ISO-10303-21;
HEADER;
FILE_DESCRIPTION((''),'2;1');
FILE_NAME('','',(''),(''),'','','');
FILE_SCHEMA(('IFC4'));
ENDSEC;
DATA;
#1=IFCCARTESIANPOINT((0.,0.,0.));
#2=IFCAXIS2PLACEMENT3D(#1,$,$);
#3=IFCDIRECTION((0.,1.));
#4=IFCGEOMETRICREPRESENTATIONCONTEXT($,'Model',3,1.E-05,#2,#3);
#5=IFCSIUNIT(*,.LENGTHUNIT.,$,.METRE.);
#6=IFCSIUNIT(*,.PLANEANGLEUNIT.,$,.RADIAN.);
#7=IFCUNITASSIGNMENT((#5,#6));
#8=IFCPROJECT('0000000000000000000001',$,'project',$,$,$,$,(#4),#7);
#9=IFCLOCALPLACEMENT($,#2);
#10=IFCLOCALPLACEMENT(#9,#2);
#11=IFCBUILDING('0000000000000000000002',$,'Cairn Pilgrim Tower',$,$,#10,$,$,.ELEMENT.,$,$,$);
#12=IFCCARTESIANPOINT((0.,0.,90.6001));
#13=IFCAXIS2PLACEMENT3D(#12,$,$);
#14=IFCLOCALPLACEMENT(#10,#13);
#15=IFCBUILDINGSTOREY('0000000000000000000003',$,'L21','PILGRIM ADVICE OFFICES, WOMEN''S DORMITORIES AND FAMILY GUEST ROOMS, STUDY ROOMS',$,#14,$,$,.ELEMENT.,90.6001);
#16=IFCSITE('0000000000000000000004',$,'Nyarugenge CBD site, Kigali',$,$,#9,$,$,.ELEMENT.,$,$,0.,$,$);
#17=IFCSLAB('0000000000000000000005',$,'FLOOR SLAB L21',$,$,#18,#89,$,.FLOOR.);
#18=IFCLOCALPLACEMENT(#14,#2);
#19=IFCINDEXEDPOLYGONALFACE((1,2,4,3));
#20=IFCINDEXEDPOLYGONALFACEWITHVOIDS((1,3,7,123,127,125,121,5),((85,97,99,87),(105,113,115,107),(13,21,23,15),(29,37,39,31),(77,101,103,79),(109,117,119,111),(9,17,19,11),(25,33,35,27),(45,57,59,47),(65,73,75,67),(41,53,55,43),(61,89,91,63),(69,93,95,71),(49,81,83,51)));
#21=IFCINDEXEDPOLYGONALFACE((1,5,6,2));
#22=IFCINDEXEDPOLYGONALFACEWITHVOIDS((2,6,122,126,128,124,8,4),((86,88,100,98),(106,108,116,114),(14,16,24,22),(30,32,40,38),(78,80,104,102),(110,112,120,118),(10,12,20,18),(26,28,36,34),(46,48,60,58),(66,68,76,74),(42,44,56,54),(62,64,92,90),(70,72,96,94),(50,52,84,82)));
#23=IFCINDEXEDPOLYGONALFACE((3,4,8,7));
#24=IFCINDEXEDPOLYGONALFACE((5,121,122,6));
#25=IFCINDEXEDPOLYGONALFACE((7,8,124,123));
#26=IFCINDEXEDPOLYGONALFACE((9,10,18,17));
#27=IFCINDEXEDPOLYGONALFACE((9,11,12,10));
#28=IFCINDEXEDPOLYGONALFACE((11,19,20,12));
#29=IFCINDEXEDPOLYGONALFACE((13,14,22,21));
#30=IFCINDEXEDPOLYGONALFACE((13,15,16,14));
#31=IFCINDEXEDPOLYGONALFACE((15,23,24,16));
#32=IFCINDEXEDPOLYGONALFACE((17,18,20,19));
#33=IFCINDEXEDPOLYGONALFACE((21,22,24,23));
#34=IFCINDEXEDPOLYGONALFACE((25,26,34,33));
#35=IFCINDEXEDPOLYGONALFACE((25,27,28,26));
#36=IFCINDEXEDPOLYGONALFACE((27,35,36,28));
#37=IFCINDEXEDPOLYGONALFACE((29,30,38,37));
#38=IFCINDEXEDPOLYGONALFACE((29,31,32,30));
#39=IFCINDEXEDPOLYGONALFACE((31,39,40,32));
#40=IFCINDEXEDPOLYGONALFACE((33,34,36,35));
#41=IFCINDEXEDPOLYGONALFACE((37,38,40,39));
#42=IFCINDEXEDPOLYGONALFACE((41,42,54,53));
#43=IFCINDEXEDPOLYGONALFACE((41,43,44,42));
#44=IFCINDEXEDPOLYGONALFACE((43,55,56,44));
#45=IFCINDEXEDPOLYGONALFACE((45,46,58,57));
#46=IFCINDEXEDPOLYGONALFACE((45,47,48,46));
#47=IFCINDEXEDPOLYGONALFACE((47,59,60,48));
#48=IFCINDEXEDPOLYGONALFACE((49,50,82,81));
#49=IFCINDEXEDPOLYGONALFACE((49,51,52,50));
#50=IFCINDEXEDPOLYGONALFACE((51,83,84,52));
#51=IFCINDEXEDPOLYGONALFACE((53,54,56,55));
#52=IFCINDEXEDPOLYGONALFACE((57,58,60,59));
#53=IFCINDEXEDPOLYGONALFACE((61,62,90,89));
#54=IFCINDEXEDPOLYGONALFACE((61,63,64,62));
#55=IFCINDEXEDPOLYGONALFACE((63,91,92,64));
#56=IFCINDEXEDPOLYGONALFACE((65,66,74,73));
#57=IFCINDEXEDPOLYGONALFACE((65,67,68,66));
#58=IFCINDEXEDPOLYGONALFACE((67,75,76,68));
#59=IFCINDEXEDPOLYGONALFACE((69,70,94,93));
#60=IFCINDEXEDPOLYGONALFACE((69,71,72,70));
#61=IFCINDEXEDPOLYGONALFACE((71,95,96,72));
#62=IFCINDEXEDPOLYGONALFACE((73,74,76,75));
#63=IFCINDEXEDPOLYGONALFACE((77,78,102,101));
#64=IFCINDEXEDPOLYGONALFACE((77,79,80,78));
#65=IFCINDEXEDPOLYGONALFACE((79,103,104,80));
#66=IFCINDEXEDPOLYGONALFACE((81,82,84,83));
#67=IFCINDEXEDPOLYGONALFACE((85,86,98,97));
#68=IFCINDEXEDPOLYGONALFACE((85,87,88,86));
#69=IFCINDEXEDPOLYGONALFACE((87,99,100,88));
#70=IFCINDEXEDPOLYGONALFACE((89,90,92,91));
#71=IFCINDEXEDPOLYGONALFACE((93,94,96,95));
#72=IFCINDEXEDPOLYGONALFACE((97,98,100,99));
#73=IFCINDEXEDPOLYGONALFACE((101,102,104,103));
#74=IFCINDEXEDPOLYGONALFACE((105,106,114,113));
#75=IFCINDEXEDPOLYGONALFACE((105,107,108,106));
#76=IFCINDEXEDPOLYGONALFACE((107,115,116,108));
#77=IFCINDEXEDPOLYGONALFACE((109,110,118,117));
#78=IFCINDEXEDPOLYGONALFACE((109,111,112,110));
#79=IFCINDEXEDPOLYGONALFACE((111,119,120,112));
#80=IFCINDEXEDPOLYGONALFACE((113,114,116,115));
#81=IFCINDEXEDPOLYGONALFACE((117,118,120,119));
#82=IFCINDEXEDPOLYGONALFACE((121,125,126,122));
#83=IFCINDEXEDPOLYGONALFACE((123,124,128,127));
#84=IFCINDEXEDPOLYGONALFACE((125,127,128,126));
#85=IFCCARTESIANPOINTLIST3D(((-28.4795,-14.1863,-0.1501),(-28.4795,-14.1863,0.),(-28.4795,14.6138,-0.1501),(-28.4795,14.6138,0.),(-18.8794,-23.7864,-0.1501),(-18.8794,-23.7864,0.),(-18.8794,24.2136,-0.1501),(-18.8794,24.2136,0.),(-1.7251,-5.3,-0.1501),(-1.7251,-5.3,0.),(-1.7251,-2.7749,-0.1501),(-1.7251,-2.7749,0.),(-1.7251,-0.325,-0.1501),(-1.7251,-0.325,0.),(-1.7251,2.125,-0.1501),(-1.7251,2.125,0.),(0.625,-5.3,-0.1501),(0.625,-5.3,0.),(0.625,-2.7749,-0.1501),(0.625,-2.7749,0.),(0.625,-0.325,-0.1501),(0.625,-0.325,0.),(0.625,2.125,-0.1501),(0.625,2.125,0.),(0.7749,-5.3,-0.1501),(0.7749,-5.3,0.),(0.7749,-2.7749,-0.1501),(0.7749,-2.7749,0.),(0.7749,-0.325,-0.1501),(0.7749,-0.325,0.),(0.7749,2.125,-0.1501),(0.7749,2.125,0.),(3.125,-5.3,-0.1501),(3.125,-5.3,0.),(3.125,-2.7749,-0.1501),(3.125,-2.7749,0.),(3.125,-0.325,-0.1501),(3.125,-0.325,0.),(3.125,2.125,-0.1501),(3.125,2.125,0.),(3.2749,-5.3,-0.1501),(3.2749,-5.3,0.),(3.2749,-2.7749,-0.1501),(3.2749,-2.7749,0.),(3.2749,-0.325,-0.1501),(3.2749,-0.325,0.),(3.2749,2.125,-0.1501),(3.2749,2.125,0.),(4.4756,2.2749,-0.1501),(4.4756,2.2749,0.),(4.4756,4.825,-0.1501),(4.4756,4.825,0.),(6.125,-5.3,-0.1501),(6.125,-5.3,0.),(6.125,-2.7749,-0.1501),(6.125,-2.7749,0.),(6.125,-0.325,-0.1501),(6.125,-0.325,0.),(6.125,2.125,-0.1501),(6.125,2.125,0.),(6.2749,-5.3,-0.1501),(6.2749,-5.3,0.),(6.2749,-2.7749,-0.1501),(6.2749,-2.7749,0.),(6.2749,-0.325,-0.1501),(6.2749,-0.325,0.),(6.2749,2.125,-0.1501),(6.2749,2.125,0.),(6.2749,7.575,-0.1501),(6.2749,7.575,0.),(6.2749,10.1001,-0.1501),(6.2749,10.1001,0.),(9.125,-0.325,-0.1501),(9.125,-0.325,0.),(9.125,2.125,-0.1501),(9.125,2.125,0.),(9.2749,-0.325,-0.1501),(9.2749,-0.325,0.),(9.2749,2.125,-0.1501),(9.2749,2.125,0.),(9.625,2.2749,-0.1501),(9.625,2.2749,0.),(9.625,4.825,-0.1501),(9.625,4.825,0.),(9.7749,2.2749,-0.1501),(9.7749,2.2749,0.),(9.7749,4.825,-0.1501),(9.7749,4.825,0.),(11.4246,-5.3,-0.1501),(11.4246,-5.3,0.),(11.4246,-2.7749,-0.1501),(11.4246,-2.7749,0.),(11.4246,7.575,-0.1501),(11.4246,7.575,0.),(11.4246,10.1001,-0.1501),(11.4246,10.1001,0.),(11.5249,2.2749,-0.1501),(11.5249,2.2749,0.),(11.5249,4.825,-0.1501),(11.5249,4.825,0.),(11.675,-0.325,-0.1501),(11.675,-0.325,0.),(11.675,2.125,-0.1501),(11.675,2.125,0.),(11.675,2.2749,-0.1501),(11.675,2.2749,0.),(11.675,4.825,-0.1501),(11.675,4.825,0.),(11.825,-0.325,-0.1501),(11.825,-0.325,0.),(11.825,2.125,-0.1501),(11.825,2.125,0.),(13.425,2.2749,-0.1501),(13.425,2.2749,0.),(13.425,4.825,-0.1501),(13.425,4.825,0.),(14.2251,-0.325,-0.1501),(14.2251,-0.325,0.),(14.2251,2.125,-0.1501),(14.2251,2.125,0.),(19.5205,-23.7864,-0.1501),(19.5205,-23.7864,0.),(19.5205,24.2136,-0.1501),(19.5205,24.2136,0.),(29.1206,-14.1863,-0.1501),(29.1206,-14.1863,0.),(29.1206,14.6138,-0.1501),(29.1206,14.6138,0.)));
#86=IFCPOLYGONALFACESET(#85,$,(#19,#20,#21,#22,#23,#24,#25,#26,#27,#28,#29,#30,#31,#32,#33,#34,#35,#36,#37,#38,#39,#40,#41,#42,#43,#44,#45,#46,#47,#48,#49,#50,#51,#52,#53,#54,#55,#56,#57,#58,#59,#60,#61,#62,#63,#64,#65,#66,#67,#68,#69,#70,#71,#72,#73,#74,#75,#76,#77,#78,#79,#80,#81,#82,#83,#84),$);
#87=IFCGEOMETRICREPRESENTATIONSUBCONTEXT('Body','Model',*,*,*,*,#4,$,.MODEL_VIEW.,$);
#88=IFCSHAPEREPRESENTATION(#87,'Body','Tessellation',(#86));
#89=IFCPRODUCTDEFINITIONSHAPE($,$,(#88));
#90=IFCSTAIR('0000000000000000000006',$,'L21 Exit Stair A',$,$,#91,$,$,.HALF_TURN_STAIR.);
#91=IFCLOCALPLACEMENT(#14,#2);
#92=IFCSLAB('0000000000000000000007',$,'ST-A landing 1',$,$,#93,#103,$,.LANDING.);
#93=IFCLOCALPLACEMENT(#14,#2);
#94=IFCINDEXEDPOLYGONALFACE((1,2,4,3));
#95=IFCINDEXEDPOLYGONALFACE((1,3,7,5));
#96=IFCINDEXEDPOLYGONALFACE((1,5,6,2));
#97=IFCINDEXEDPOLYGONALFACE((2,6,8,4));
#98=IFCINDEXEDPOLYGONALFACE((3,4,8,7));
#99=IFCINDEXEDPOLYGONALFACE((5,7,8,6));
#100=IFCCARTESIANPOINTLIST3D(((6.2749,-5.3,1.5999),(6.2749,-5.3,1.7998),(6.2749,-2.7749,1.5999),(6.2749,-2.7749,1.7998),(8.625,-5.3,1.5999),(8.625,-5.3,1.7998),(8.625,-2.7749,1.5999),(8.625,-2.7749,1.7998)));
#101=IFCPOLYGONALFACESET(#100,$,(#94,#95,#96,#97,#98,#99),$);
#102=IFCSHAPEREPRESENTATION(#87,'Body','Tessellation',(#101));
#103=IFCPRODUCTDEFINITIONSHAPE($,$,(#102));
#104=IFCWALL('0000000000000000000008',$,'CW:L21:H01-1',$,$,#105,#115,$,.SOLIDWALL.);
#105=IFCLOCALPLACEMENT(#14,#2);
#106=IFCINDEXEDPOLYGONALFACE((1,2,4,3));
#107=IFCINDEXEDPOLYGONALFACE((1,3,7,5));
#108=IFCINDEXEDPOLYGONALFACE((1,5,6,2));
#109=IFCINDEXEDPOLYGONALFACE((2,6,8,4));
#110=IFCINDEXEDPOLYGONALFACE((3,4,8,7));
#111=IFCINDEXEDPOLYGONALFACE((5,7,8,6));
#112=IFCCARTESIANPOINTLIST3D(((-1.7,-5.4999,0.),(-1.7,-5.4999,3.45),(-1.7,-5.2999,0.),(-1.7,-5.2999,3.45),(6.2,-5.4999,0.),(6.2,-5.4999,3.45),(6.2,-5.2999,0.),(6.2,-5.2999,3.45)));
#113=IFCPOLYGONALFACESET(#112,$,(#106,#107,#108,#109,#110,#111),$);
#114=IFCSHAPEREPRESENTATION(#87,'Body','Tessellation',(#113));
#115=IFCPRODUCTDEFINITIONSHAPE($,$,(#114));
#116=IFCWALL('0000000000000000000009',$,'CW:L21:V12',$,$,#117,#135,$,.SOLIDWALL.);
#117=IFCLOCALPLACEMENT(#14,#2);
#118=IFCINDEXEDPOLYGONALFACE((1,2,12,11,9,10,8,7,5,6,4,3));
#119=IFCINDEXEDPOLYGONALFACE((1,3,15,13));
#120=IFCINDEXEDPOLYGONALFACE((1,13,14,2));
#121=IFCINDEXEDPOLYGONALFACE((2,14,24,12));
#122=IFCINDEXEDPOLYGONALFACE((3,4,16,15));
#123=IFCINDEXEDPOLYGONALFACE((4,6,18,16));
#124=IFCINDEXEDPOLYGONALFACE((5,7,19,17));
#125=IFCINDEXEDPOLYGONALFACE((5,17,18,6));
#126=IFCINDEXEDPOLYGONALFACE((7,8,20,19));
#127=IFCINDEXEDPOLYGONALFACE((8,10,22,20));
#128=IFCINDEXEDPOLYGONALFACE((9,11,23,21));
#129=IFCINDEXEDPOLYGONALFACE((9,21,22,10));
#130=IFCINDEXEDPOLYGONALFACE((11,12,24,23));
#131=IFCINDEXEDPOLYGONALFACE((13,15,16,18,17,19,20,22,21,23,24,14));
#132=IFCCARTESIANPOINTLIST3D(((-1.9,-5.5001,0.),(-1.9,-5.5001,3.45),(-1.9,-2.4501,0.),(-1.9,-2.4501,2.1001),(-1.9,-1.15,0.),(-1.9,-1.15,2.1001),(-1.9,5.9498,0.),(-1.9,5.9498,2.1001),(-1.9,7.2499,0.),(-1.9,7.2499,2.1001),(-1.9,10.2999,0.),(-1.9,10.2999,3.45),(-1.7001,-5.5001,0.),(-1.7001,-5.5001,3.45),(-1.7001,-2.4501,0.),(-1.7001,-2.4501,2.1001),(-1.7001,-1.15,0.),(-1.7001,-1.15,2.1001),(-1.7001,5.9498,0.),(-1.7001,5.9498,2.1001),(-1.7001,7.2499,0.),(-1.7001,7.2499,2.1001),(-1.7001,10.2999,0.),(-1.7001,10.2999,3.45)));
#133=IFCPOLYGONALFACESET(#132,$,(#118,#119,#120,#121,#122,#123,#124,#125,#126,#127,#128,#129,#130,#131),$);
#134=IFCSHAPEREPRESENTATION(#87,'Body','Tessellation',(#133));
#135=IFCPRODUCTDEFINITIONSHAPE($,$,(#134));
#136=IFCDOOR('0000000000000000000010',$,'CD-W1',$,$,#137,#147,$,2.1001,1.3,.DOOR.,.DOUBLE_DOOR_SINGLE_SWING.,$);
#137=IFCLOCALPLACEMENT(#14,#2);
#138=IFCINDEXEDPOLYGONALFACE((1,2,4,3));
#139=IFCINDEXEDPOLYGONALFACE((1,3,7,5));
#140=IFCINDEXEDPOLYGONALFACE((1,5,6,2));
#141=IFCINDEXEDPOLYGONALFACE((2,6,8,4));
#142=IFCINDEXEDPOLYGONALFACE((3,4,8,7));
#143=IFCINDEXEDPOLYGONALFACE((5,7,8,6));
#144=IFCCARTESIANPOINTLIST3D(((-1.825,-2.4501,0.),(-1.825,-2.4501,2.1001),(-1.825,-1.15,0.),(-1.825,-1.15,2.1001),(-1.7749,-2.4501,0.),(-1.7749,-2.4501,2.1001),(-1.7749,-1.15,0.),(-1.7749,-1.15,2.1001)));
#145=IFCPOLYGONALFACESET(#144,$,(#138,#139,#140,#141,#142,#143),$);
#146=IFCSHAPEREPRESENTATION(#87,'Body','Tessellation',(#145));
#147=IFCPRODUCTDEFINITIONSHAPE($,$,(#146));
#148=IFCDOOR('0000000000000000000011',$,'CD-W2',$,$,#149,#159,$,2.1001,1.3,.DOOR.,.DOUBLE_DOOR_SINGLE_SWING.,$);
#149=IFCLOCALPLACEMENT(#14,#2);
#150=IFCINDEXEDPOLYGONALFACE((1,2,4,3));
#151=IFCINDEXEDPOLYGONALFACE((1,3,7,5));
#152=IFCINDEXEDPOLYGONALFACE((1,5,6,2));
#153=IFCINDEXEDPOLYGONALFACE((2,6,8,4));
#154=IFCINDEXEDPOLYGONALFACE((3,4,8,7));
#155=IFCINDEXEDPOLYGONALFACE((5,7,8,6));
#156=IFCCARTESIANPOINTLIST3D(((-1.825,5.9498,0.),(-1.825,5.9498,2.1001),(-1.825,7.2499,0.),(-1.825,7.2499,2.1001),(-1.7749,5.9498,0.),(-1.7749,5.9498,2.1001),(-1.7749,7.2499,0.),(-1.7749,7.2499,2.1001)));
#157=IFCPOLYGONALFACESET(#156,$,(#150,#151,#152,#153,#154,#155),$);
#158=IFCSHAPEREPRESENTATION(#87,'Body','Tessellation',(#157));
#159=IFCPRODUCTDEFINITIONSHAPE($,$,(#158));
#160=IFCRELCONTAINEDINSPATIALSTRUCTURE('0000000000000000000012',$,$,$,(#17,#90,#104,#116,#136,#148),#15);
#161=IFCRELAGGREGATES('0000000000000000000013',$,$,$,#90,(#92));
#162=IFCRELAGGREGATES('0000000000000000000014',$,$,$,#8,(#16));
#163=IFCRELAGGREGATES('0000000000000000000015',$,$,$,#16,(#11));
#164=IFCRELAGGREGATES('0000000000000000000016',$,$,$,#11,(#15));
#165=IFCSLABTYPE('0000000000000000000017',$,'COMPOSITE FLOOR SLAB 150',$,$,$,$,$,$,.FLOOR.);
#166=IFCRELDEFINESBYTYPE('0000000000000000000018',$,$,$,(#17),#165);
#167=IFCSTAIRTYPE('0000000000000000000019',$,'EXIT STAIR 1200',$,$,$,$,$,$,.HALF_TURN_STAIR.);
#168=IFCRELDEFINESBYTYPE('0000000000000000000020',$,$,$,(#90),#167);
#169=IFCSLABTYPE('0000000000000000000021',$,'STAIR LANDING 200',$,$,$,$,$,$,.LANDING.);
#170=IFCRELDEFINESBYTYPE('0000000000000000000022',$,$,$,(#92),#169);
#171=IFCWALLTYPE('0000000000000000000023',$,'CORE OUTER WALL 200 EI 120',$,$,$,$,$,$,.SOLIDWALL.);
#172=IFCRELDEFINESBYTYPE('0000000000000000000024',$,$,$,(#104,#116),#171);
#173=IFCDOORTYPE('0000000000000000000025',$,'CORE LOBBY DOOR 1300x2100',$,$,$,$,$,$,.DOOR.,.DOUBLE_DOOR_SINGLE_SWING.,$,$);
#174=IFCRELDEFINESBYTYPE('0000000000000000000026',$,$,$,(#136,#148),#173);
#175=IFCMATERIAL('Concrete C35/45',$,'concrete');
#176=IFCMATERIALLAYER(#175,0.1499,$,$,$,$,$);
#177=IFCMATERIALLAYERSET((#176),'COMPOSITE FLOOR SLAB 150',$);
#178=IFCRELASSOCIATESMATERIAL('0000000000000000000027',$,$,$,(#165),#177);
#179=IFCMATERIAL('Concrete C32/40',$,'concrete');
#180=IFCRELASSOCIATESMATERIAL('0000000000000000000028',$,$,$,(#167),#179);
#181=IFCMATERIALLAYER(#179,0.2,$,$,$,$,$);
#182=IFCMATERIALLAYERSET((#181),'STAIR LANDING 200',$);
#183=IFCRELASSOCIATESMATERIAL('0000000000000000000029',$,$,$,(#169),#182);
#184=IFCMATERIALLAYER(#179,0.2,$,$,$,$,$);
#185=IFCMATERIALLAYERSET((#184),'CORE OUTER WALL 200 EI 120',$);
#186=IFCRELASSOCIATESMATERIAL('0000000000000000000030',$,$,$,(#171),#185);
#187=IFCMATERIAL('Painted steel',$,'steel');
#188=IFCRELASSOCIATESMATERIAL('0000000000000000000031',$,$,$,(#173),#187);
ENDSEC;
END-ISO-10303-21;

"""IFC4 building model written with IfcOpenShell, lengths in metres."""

from ifc_helpers import new_model, si_unit, direction, frame, frame_2d, origin, place, context, subcontext, project, spatial, polyline, rectangle, outline, extrude, material, layer, layer_set, type_object, element, fill, aggregate, save


model = new_model("IFC4")

# Units and contexts
model_context = context("Model", 3, precision=1e-05, world=origin(), true_north=direction((0.0, 1.0)))
body_context = subcontext(model_context, "Body", "Model", "MODEL_VIEW")
ifc_project = project(units=[si_unit("LENGTHUNIT", "METRE"), si_unit("PLANEANGLEUNIT", "RADIAN")], contexts=[model_context])

# Site, building, storey
site_placement = place(None, origin())
site = spatial("IfcSite", under=ifc_project, at=site_placement, Name="Nyarugenge CBD site, Kigali", CompositionType="ELEMENT", RefElevation=0.0)
building_placement = place(site_placement, origin())
building = spatial("IfcBuilding", under=site, at=building_placement, Name="Cairn Pilgrim Tower", CompositionType="ELEMENT")
storey_placement = place(building_placement, frame((0.0, 0.0, 90.6001)))
storey = spatial("IfcBuildingStorey", under=building, at=storey_placement, Name="L21", Description="PILGRIM ADVICE OFFICES, WOMEN'S DORMITORIES AND FAMILY GUEST ROOMS, STUDY ROOMS", CompositionType="ELEMENT", Elevation=90.6001)

# Slab
ifc_material_1 = material(Name="Concrete C35/45", Category="concrete")
ifc_layer_1 = layer(ifc_material_1, 0.1499)
ifc_layer_set_1 = layer_set([ifc_layer_1], Name="COMPOSITE FLOOR SLAB 150")
slab_type_1 = type_object("IfcSlabType", Name="COMPOSITE FLOOR SLAB 150", PredefinedType="FLOOR", material=ifc_layer_set_1)
slab_1_placement = place(storey_placement, frame((0.0, 0.0, -0.1501)))
element("IfcSlab", 1, at=slab_1_placement, inside=storey, type_object=slab_type_1, Name="FLOOR SLAB L21", PredefinedType="FLOOR", context=body_context, shape_type="SweptSolid", body=[
    extrude(outline(polyline([(-18.8794, -23.7864), (19.5205, -23.7864), (29.1206, -14.1863), (29.1206, 14.6138), (19.5205, 24.2136), (-18.8794, 24.2136), (-28.4795, 14.6138), (-28.4795, -14.1863), (-18.8794, -23.7864)]), holes=[polyline([(-1.7251, -5.3), (0.625, -5.3), (0.625, -2.7749), (-1.7251, -2.7749), (-1.7251, -5.3)]), polyline([(0.7749, -5.3), (3.125, -5.3), (3.125, -2.7749), (0.7749, -2.7749), (0.7749, -5.3)]), polyline([(-1.7251, -0.325), (0.625, -0.325), (0.625, 2.125), (-1.7251, 2.125), (-1.7251, -0.325)]), polyline([(0.7749, -0.325), (3.125, -0.325), (3.125, 2.125), (0.7749, 2.125), (0.7749, -0.325)]), polyline([(3.2749, -5.3), (6.125, -5.3), (6.125, -2.7749), (3.2749, -2.7749), (3.2749, -5.3)]), polyline([(3.2749, -0.325), (6.125, -0.325), (6.125, 2.125), (3.2749, 2.125), (3.2749, -0.325)]), polyline([(6.2749, -0.325), (9.125, -0.325), (9.125, 2.125), (6.2749, 2.125), (6.2749, -0.325)]), polyline([(9.2749, -0.325), (11.675, -0.325), (11.675, 2.125), (9.2749, 2.125), (9.2749, -0.325)]), polyline([(11.825, -0.325), (14.2251, -0.325), (14.2251, 2.125), (11.825, 2.125), (11.825, -0.325)]), polyline([(9.7749, 2.2749), (11.5249, 2.2749), (11.5249, 4.825), (9.7749, 4.825), (9.7749, 2.2749)]), polyline([(11.675, 2.2749), (13.425, 2.2749), (13.425, 4.825), (11.675, 4.825), (11.675, 2.2749)]), polyline([(11.4246, -2.7749), (6.2749, -2.7749), (6.2749, -5.3), (11.4246, -5.3), (11.4246, -2.7749)]), polyline([(4.4756, 2.2749), (9.625, 2.2749), (9.625, 4.825), (4.4756, 4.825), (4.4756, 2.2749)]), polyline([(11.4246, 10.1001), (6.2749, 10.1001), (6.2749, 7.575), (11.4246, 7.575), (11.4246, 10.1001)])]), origin(), (0.0, 0.0, 1.0), 0.1501),
])

# Stair, slab
ifc_material_2 = material(Name="Concrete C32/40", Category="concrete")
stair_type = type_object("IfcStairType", Name="EXIT STAIR 1200", PredefinedType="HALF_TURN_STAIR", material=ifc_material_2)
stair_placement = place(storey_placement, origin())
stair = element("IfcStair", 2, at=stair_placement, inside=storey, type_object=stair_type, Name="L21 Exit Stair A", PredefinedType="HALF_TURN_STAIR")
ifc_layer_2 = layer(ifc_material_2, 0.2)
ifc_layer_set_2 = layer_set([ifc_layer_2], Name="STAIR LANDING 200")
slab_type_2 = type_object("IfcSlabType", Name="STAIR LANDING 200", PredefinedType="LANDING", material=ifc_layer_set_2)
slab_2_placement = place(storey_placement, frame((0.0, 0.0, 1.5999)))
slab_2 = element("IfcSlab", 3, at=slab_2_placement, type_object=slab_type_2, Name="ST-A landing 1", PredefinedType="LANDING", context=body_context, shape_type="SweptSolid", body=[
    extrude(outline(polyline([(8.625, -2.7749), (6.2749, -2.7749), (6.2749, -5.3), (8.625, -5.3), (8.625, -2.7749)])), origin(), (0.0, 0.0, 1.0), 0.2),
])
aggregate(stair, [slab_2])

# Wall
ifc_layer_3 = layer(ifc_material_2, 0.2)
ifc_layer_set_3 = layer_set([ifc_layer_3], Name="CORE OUTER WALL 200 EI 120")
wall_type_1 = type_object("IfcWallType", Name="CORE OUTER WALL 200 EI 120", PredefinedType="SOLIDWALL", material=ifc_layer_set_3)
wall_1_placement = place(storey_placement, frame((-1.7, -5.3999, 0.0), z_axis=(0.0, 0.0, 1.0), x_axis=(1.0, 0.0, 0.0)))
element("IfcWall", 4, at=wall_1_placement, inside=storey, type_object=wall_type_1, Name="CW:L21:H01-1", PredefinedType="SOLIDWALL", context=body_context, shape_type="SweptSolid", body=[
    extrude(rectangle(XDim=7.8999, YDim=0.2, at=frame_2d((3.95, 0.0))), origin(), (0.0, 0.0, 1.0), 3.45),
])

# Wall, openings, doors
wall_2_placement = place(storey_placement, frame((-1.8, -5.5, 0.0), z_axis=(0.0, 0.0, 1.0), x_axis=(0.0, 1.0, 0.0)))
wall_2 = element("IfcWall", 5, at=wall_2_placement, inside=storey, type_object=wall_type_1, Name="CW:L21:V12", PredefinedType="SOLIDWALL", context=body_context, shape_type="SweptSolid", body=[
    extrude(rectangle(XDim=15.8, YDim=0.2, at=frame_2d((7.8999, 0.0))), origin(), (0.0, 0.0, 1.0), 3.45),
])
opening_1_placement = place(wall_2_placement, frame((3.05, 0.0, 0.0)))
opening_1 = element("IfcOpeningElement", 6, at=opening_1_placement, cuts=wall_2, PredefinedType="OPENING", context=body_context, shape_type="SweptSolid", body=[
    extrude(rectangle(XDim=1.3, YDim=2.1001, at=frame_2d((0.6499, 1.05))), frame((0.0, 0.1099, 0.0), z_axis=(0.0, -1.0, 0.0), x_axis=(1.0, 0.0, 0.0)), (0.0, 0.0, 1.0), 0.22),
])
opening_2_placement = place(wall_2_placement, frame((11.45, 0.0, 0.0)))
opening_2 = element("IfcOpeningElement", 7, at=opening_2_placement, cuts=wall_2, PredefinedType="OPENING", context=body_context, shape_type="SweptSolid", body=[
    extrude(rectangle(XDim=1.3, YDim=2.1001, at=frame_2d((0.6499, 1.05))), frame((0.0, 0.1099, 0.0), z_axis=(0.0, -1.0, 0.0), x_axis=(1.0, 0.0, 0.0)), (0.0, 0.0, 1.0), 0.22),
])
ifc_material_3 = material(Name="Painted steel", Category="steel")
door_type_1 = type_object("IfcDoorType", Name="CORE LOBBY DOOR 1300x2100", OperationType="DOUBLE_DOOR_SINGLE_SWING", PredefinedType="DOOR", material=ifc_material_3)
door_1_placement = place(opening_1_placement, origin())
door_1 = element("IfcDoor", 8, at=door_1_placement, inside=storey, type_object=door_type_1, Name="CD-W1", OperationType="DOUBLE_DOOR_SINGLE_SWING", OverallHeight=2.1001, OverallWidth=1.3, PredefinedType="DOOR", context=body_context, shape_type="SweptSolid", body=[
    extrude(rectangle(XDim=1.3, YDim=2.1001, at=frame_2d((0.6499, 1.05))), frame((0.0, 0.0249, 0.0), z_axis=(0.0, -1.0, 0.0), x_axis=(1.0, 0.0, 0.0)), (0.0, 0.0, 1.0), 0.05),
])
fill(opening_1, door_1)
door_2_placement = place(opening_2_placement, origin())
door_2 = element("IfcDoor", 9, at=door_2_placement, inside=storey, type_object=door_type_1, Name="CD-W2", OperationType="DOUBLE_DOOR_SINGLE_SWING", OverallHeight=2.1001, OverallWidth=1.3, PredefinedType="DOOR", context=body_context, shape_type="SweptSolid", body=[
    extrude(rectangle(XDim=1.3, YDim=2.1001, at=frame_2d((0.6499, 1.05))), frame((0.0, 0.0249, 0.0), z_axis=(0.0, -1.0, 0.0), x_axis=(1.0, 0.0, 0.0)), (0.0, 0.0, 1.0), 0.05),
])
fill(opening_2, door_2)

save(model, "model.ifc")
